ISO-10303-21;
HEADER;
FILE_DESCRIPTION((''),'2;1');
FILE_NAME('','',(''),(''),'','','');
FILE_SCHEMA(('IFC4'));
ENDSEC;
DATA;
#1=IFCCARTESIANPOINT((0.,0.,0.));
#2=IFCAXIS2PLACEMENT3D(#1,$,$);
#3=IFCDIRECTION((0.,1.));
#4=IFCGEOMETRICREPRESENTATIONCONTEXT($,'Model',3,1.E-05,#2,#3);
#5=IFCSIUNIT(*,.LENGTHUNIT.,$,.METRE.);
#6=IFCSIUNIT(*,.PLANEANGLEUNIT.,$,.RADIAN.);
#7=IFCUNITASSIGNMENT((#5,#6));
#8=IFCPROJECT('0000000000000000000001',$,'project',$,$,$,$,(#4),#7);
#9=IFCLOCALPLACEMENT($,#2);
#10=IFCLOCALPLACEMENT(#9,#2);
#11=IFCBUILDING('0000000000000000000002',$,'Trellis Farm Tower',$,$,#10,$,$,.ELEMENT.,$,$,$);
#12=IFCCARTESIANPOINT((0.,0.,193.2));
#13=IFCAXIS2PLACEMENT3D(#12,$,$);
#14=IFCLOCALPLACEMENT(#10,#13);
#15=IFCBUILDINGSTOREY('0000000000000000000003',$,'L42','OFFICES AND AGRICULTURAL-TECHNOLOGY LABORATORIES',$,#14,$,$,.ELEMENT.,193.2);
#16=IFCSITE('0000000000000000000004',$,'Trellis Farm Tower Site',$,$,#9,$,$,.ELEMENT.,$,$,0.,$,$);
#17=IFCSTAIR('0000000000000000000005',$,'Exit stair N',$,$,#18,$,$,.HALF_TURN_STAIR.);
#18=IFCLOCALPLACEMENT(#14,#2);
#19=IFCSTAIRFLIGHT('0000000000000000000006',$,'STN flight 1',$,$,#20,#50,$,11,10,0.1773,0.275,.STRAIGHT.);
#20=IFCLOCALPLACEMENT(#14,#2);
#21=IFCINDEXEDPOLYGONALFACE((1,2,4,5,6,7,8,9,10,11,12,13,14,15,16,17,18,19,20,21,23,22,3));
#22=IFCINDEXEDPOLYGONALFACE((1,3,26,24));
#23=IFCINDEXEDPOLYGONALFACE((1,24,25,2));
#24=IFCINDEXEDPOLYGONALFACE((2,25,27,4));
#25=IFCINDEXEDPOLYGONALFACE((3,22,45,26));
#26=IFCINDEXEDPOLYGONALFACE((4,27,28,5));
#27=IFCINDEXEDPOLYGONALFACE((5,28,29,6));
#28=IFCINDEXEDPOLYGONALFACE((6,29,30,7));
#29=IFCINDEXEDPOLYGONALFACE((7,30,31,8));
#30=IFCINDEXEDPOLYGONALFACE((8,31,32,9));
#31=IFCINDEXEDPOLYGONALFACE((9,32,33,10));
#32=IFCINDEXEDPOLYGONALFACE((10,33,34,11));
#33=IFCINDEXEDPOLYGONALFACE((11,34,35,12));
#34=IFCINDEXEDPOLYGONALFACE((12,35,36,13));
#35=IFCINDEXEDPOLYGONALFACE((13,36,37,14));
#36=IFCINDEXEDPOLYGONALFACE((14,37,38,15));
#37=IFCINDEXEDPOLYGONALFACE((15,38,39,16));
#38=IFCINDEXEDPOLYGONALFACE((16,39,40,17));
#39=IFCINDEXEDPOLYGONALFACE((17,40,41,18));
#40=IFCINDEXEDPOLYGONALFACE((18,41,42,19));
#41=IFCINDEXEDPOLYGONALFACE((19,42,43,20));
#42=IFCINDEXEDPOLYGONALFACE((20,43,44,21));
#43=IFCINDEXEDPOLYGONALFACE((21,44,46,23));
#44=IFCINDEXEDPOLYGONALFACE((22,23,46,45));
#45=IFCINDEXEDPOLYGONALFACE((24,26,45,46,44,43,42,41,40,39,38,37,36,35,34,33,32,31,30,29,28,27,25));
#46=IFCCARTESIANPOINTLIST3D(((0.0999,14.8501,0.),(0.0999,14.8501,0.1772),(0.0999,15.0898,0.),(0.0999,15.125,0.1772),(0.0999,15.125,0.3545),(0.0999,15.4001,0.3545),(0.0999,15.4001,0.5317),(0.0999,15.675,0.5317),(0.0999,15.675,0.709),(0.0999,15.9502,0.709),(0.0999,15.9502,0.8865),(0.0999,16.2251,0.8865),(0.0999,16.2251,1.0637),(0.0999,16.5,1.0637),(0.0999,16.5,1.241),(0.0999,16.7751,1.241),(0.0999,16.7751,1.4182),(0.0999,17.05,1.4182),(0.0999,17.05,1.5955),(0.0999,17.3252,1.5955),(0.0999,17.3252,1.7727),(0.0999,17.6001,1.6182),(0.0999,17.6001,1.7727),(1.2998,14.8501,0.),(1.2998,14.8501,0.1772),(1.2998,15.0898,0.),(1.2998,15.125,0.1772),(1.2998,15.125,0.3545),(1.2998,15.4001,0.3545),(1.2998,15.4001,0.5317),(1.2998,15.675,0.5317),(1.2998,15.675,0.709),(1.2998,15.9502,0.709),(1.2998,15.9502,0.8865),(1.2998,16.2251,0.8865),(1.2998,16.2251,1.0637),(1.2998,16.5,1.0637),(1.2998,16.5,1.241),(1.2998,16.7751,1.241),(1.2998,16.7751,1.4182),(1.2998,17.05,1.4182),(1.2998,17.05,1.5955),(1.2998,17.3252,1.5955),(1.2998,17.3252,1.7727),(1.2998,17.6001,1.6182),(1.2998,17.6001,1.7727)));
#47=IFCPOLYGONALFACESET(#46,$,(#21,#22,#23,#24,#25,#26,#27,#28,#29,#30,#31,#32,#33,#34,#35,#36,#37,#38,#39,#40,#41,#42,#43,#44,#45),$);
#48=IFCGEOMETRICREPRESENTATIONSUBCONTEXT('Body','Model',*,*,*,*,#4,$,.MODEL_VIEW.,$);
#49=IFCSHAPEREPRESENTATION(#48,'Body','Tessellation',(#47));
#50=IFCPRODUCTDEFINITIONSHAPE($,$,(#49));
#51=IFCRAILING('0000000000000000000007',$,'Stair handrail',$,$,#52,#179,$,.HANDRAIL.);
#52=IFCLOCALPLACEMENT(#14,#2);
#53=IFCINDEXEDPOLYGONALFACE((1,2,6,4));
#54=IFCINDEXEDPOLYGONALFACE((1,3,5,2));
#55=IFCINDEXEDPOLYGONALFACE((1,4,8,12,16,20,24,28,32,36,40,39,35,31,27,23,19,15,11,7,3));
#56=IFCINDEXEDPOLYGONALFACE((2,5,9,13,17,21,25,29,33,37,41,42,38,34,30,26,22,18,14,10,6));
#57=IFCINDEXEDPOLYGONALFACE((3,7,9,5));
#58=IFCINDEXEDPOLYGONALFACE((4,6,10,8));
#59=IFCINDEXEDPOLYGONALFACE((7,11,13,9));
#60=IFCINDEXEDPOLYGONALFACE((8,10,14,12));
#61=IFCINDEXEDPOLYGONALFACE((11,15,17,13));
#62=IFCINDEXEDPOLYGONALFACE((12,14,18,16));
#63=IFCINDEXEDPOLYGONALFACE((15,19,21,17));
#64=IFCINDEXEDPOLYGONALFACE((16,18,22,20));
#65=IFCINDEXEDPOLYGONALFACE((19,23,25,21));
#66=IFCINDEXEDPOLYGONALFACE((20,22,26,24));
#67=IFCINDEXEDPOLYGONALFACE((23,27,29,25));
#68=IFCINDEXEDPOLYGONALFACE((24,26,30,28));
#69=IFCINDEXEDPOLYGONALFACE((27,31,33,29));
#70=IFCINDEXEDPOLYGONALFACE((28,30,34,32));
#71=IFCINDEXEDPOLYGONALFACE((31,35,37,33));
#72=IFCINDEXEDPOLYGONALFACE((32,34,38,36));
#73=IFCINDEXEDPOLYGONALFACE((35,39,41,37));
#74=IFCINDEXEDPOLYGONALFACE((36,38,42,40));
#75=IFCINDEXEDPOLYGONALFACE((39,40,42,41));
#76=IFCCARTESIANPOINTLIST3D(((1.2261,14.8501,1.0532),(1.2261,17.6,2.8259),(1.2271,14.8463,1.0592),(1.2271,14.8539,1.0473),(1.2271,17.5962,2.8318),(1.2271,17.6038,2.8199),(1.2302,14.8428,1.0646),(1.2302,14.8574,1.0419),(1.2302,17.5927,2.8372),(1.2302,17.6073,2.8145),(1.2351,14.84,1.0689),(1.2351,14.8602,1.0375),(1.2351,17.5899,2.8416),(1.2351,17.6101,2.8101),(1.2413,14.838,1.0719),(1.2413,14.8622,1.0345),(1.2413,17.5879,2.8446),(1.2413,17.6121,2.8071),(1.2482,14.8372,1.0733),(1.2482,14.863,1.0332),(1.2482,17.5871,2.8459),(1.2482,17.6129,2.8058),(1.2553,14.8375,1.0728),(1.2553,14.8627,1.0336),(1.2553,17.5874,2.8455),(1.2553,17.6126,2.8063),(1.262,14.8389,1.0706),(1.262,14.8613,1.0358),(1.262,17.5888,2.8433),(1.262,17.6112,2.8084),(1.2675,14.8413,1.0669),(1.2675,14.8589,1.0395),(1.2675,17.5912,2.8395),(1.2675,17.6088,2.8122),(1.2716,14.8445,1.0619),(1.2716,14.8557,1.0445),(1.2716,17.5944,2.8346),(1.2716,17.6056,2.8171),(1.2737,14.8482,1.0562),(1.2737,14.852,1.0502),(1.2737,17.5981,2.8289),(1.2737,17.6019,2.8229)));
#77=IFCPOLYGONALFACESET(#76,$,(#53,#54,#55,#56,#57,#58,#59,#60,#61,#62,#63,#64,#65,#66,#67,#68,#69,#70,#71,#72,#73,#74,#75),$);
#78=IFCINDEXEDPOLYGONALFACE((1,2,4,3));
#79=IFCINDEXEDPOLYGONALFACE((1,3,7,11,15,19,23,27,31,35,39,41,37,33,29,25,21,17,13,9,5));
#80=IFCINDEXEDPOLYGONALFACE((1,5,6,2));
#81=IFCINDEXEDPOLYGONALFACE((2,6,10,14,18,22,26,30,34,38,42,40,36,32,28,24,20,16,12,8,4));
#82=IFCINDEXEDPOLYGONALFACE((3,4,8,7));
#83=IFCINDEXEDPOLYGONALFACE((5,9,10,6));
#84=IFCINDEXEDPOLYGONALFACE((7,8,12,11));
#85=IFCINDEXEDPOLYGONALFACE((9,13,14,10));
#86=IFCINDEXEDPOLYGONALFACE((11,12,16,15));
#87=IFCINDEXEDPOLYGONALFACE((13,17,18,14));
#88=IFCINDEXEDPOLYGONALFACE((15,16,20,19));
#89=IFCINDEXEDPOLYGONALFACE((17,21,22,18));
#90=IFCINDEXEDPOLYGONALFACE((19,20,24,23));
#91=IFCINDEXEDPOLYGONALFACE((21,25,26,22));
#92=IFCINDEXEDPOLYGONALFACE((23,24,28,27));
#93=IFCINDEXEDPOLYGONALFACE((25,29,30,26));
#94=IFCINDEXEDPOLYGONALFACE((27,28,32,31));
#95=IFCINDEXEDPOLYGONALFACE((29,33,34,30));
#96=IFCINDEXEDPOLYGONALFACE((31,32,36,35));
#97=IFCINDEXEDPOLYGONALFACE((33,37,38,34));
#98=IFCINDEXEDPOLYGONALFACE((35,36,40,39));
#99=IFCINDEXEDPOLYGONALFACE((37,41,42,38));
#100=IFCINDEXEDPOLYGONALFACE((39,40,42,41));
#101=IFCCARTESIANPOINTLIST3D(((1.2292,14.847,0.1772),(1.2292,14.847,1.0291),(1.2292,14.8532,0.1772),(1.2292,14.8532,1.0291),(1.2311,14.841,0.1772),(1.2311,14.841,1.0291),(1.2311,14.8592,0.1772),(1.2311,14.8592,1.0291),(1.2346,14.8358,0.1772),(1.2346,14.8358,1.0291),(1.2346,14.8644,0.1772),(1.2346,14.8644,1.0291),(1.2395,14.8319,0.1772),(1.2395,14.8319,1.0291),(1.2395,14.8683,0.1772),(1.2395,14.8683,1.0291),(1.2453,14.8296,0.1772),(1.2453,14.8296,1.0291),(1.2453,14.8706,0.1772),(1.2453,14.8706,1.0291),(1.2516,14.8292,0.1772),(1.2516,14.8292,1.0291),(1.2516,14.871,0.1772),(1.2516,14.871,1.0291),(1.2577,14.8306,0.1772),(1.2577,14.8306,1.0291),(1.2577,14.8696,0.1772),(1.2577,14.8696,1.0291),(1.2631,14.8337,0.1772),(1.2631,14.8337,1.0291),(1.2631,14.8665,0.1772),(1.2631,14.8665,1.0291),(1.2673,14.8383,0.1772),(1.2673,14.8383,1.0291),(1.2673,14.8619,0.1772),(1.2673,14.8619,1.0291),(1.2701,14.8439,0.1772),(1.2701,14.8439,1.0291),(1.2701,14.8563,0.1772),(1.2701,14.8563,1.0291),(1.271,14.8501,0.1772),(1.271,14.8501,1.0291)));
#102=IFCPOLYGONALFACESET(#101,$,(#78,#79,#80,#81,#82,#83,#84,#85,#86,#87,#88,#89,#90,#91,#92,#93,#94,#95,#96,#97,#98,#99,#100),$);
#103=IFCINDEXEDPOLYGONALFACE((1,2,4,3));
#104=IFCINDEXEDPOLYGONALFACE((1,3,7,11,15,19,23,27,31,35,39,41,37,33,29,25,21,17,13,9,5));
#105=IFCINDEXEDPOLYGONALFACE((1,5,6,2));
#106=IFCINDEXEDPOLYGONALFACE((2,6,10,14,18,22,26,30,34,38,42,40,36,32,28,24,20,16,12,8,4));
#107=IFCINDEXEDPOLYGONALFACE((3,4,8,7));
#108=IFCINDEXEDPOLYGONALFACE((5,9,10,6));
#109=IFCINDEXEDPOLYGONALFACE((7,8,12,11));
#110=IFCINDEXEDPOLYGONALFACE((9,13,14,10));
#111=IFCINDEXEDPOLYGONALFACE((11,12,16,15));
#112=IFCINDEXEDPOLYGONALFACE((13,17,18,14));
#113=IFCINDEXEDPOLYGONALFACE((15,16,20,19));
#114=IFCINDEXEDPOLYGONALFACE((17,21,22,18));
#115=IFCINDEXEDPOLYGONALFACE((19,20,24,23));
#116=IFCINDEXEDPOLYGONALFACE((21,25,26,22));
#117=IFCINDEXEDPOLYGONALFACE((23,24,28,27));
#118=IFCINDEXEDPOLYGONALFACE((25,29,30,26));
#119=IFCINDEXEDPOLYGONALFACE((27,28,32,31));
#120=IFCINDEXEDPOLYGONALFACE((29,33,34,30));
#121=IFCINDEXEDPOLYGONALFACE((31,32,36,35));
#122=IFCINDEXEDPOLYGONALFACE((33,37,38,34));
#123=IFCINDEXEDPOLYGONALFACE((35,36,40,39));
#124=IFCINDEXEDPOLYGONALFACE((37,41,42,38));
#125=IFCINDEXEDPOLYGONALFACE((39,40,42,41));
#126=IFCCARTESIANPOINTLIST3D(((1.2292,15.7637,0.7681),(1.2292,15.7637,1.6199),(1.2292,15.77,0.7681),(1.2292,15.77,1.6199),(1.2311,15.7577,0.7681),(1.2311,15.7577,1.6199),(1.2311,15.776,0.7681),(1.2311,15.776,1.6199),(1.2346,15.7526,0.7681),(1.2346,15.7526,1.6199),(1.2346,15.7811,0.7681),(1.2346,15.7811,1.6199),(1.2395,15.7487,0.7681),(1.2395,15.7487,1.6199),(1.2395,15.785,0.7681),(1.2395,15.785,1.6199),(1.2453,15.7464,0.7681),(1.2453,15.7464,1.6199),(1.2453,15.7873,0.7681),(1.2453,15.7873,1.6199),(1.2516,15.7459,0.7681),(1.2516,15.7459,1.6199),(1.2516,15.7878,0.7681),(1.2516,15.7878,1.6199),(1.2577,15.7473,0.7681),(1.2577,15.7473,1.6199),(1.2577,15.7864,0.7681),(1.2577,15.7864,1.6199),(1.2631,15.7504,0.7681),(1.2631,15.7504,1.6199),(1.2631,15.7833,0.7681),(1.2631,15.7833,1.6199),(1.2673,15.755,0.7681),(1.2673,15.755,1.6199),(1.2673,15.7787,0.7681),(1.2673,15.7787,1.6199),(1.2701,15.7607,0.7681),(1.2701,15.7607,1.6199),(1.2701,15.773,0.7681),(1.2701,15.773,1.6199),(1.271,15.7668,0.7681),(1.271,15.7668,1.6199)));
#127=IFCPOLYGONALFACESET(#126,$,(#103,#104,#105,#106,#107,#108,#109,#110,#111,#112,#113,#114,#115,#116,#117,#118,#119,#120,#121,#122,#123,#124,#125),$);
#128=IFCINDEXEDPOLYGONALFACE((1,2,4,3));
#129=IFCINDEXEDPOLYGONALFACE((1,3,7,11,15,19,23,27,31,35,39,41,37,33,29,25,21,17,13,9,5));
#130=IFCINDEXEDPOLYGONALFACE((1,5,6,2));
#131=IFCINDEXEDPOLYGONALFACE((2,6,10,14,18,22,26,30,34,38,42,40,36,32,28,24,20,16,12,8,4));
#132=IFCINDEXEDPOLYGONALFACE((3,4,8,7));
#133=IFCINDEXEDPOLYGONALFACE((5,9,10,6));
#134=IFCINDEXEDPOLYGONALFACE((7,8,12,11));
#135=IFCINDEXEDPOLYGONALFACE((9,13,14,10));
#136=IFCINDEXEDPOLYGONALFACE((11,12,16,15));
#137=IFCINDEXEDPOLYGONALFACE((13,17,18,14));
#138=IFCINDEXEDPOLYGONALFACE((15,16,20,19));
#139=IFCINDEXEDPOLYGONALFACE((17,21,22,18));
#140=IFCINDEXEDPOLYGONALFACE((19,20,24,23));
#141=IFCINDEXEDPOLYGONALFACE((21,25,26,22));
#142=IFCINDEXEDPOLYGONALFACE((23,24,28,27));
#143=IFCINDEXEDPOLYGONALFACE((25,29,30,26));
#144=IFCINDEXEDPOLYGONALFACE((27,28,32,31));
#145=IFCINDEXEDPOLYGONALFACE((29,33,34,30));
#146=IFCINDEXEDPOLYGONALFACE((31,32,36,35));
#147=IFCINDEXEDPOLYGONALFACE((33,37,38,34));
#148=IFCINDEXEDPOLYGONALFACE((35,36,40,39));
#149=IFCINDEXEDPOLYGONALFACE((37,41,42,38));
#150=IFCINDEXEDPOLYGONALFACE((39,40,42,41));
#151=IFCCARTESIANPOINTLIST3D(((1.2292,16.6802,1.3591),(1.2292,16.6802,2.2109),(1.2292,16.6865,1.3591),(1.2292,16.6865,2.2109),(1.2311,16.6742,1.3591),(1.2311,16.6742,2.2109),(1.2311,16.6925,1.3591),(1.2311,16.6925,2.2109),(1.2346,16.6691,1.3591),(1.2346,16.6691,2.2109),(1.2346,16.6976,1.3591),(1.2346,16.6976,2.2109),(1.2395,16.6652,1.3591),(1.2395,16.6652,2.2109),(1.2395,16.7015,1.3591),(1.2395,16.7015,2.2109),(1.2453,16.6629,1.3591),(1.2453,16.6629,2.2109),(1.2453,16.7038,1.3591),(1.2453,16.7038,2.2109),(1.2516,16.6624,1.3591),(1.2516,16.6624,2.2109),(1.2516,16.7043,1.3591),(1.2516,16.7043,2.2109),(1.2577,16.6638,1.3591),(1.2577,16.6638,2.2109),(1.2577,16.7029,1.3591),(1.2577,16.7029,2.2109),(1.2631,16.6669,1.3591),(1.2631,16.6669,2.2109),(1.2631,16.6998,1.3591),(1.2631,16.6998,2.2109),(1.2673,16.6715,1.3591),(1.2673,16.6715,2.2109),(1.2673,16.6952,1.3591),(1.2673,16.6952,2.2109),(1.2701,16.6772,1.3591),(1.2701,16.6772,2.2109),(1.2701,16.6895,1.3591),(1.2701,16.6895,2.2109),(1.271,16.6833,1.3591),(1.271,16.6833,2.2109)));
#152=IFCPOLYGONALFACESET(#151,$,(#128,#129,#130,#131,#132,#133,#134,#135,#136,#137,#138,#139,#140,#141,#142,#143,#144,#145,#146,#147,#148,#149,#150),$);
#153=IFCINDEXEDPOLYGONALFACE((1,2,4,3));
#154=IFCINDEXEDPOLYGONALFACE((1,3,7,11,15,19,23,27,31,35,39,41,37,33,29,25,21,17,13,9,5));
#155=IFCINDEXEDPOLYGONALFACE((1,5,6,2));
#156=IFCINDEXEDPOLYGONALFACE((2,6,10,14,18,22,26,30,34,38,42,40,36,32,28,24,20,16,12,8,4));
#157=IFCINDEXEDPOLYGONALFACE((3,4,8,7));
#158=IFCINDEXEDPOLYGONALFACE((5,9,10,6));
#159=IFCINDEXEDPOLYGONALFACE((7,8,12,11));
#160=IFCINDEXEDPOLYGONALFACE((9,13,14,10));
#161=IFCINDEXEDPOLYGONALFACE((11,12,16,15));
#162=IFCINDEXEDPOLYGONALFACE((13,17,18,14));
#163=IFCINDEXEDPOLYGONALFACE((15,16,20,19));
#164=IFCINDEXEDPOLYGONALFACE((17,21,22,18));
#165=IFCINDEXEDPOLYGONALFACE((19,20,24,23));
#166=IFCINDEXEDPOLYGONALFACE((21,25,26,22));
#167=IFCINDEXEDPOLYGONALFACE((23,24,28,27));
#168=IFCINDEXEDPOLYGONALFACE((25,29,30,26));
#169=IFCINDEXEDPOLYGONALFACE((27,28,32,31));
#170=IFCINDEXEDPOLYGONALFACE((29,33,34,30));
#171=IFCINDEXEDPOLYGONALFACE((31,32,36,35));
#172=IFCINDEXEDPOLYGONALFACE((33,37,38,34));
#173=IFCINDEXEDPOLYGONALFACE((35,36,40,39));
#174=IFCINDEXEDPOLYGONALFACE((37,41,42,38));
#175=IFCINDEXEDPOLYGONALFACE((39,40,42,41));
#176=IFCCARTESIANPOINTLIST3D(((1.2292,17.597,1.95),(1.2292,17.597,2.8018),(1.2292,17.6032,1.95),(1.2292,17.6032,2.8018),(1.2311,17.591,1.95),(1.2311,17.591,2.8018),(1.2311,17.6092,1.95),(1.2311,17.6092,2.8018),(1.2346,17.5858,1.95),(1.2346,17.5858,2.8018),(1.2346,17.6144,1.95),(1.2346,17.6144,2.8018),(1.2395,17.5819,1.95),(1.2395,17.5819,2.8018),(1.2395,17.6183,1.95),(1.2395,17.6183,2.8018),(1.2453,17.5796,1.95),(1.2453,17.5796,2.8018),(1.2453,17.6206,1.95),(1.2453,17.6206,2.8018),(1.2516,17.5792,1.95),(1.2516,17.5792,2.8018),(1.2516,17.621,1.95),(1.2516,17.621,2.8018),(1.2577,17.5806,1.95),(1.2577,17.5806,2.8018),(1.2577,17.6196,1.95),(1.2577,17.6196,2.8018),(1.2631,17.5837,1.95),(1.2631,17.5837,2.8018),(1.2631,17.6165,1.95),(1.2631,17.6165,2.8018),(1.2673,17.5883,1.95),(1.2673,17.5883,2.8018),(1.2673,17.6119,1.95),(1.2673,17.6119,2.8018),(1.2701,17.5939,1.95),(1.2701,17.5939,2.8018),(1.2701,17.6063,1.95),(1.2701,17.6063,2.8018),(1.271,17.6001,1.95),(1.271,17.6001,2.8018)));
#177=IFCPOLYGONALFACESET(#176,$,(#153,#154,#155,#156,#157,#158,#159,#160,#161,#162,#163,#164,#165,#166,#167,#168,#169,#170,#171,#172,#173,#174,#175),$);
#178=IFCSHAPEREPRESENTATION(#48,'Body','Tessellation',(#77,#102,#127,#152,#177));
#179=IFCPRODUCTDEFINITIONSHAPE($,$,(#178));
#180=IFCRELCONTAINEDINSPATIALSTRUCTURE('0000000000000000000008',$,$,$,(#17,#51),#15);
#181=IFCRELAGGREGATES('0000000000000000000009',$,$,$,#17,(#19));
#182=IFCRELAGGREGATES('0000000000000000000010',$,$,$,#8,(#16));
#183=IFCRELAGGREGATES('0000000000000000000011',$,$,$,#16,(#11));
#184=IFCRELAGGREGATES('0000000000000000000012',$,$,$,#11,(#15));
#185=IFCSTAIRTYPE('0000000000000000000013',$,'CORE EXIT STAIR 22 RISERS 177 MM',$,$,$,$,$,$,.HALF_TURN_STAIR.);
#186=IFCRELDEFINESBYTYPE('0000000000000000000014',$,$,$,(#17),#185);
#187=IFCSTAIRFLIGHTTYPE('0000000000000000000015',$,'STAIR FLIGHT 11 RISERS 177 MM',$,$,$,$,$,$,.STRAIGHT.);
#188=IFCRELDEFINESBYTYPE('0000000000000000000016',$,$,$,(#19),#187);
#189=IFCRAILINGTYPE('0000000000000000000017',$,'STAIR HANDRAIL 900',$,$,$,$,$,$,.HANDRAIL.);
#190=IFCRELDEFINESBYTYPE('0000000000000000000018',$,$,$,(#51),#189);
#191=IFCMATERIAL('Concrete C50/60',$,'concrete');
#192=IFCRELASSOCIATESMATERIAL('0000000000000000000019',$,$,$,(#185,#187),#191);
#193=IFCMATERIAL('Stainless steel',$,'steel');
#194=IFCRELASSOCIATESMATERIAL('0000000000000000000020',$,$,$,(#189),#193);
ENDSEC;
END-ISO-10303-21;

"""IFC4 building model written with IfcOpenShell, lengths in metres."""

from ifc_helpers import new_model, si_unit, direction, frame, origin, origin_2d, place, context, subcontext, project, spatial, polyline, circle, outline, extrude, source, transform, mapped, material, type_object, element, aggregate, save


model = new_model("IFC4")

# Units and contexts
model_context = context("Model", 3, precision=1e-05, world=origin(), true_north=direction((0.0, 1.0)))
body_context = subcontext(model_context, "Body", "Model", "MODEL_VIEW")
ifc_project = project(units=[si_unit("LENGTHUNIT", "METRE"), si_unit("PLANEANGLEUNIT", "RADIAN")], contexts=[model_context])

# Site, building, storey
site_placement = place(None, origin())
site = spatial("IfcSite", under=ifc_project, at=site_placement, Name="Trellis Farm Tower Site", CompositionType="ELEMENT", RefElevation=0.0)
building_placement = place(site_placement, origin())
building = spatial("IfcBuilding", under=site, at=building_placement, Name="Trellis Farm Tower", CompositionType="ELEMENT")
storey_placement = place(building_placement, frame((0.0, 0.0, 193.2)))
storey = spatial("IfcBuildingStorey", under=building, at=storey_placement, Name="L42", Description="OFFICES AND AGRICULTURAL-TECHNOLOGY LABORATORIES", CompositionType="ELEMENT", Elevation=193.2)

# Shared definitions
placement_1 = place(storey_placement, origin())

# Stair, stair flight
ifc_material_1 = material(Name="Concrete C50/60", Category="concrete")
stair_type = type_object("IfcStairType", Name="CORE EXIT STAIR 22 RISERS 177 MM", PredefinedType="HALF_TURN_STAIR", material=ifc_material_1)
stair = element("IfcStair", 1, at=placement_1, inside=storey, type_object=stair_type, Name="Exit stair N", PredefinedType="HALF_TURN_STAIR")
stair_flight_type = type_object("IfcStairFlightType", Name="STAIR FLIGHT 11 RISERS 177 MM", PredefinedType="STRAIGHT", material=ifc_material_1)
shared_shape_1 = source(origin(), body_context, "Body", "SweptSolid", [
    extrude(outline(polyline([(0.0, 0.0), (0.0, 0.1772), (0.2749, 0.1772), (0.2749, 0.3545), (0.55, 0.3545), (0.55, 0.5317), (0.825, 0.5317), (0.825, 0.709), (1.1001, 0.709), (1.1001, 0.8865), (1.375, 0.8865), (1.375, 1.0637), (1.6499, 1.0637), (1.6499, 1.241), (1.925, 1.241), (1.925, 1.4182), (2.2, 1.4182), (2.2, 1.5955), (2.4751, 1.5955), (2.4751, 1.7727), (2.75, 1.7727), (2.75, 1.95), (2.75, 1.6182), (0.2397, 0.0), (0.0, 0.0)])), frame((0.0, 0.6001, 0.0), z_axis=(0.0, -1.0, 0.0), x_axis=(1.0, 0.0, 0.0)), (0.0, 0.0, 1.0), 1.2),
])
stair_flight_placement = place(storey_placement, frame((0.7, 14.8501, 0.0), z_axis=(0.0, 0.0, 1.0), x_axis=(0.0, 1.0, 0.0)))
stair_flight = element("IfcStairFlight", 2, at=stair_flight_placement, type_object=stair_flight_type, Name="STN flight 1", NumberOfRisers=11, NumberOfTreads=10, PredefinedType="STRAIGHT", RiserHeight=0.1773, TreadLength=0.275, context=body_context, shape_type="MappedRepresentation", body=[
    mapped(shared_shape_1, transform((0.0, 0.0, 0.0))),
])
aggregate(stair, [stair_flight])

# Railing
ifc_material_2 = material(Name="Stainless steel", Category="steel")
railing_type = type_object("IfcRailingType", Name="STAIR HANDRAIL 900", PredefinedType="HANDRAIL", material=ifc_material_2)
shared_shape_2 = source(origin(), body_context, "Body", "SweptSolid", [
    extrude(circle(Radius=0.0239, at=origin_2d()), frame((0.0, 0.0, 0.876), z_axis=(0.0, 0.840504, 0.541806), x_axis=(-1.0, 0.0, 0.0)), (0.0, 0.0, 1.0), 3.2717),
    extrude(circle(Radius=0.021, at=origin_2d()), origin(), (0.0, 0.0, 1.0), 0.8518),
    extrude(circle(Radius=0.021, at=origin_2d()), frame((0.0, 0.9167, 0.5908)), (0.0, 0.0, 1.0), 0.8518),
    extrude(circle(Radius=0.021, at=origin_2d()), frame((0.0, 1.8333, 1.1819)), (0.0, 0.0, 1.0), 0.8518),
    extrude(circle(Radius=0.021, at=origin_2d()), frame((0.0, 2.75, 1.7727)), (0.0, 0.0, 1.0), 0.8518),
])
railing_placement = place(storey_placement, frame((1.25, 14.8501, 0.1772)))
element("IfcRailing", 3, at=railing_placement, inside=storey, type_object=railing_type, Name="Stair handrail", PredefinedType="HANDRAIL", context=body_context, shape_type="MappedRepresentation", body=[
    mapped(shared_shape_2, transform((0.0, 0.0, 0.0))),
])

save(model, "model.ifc")
